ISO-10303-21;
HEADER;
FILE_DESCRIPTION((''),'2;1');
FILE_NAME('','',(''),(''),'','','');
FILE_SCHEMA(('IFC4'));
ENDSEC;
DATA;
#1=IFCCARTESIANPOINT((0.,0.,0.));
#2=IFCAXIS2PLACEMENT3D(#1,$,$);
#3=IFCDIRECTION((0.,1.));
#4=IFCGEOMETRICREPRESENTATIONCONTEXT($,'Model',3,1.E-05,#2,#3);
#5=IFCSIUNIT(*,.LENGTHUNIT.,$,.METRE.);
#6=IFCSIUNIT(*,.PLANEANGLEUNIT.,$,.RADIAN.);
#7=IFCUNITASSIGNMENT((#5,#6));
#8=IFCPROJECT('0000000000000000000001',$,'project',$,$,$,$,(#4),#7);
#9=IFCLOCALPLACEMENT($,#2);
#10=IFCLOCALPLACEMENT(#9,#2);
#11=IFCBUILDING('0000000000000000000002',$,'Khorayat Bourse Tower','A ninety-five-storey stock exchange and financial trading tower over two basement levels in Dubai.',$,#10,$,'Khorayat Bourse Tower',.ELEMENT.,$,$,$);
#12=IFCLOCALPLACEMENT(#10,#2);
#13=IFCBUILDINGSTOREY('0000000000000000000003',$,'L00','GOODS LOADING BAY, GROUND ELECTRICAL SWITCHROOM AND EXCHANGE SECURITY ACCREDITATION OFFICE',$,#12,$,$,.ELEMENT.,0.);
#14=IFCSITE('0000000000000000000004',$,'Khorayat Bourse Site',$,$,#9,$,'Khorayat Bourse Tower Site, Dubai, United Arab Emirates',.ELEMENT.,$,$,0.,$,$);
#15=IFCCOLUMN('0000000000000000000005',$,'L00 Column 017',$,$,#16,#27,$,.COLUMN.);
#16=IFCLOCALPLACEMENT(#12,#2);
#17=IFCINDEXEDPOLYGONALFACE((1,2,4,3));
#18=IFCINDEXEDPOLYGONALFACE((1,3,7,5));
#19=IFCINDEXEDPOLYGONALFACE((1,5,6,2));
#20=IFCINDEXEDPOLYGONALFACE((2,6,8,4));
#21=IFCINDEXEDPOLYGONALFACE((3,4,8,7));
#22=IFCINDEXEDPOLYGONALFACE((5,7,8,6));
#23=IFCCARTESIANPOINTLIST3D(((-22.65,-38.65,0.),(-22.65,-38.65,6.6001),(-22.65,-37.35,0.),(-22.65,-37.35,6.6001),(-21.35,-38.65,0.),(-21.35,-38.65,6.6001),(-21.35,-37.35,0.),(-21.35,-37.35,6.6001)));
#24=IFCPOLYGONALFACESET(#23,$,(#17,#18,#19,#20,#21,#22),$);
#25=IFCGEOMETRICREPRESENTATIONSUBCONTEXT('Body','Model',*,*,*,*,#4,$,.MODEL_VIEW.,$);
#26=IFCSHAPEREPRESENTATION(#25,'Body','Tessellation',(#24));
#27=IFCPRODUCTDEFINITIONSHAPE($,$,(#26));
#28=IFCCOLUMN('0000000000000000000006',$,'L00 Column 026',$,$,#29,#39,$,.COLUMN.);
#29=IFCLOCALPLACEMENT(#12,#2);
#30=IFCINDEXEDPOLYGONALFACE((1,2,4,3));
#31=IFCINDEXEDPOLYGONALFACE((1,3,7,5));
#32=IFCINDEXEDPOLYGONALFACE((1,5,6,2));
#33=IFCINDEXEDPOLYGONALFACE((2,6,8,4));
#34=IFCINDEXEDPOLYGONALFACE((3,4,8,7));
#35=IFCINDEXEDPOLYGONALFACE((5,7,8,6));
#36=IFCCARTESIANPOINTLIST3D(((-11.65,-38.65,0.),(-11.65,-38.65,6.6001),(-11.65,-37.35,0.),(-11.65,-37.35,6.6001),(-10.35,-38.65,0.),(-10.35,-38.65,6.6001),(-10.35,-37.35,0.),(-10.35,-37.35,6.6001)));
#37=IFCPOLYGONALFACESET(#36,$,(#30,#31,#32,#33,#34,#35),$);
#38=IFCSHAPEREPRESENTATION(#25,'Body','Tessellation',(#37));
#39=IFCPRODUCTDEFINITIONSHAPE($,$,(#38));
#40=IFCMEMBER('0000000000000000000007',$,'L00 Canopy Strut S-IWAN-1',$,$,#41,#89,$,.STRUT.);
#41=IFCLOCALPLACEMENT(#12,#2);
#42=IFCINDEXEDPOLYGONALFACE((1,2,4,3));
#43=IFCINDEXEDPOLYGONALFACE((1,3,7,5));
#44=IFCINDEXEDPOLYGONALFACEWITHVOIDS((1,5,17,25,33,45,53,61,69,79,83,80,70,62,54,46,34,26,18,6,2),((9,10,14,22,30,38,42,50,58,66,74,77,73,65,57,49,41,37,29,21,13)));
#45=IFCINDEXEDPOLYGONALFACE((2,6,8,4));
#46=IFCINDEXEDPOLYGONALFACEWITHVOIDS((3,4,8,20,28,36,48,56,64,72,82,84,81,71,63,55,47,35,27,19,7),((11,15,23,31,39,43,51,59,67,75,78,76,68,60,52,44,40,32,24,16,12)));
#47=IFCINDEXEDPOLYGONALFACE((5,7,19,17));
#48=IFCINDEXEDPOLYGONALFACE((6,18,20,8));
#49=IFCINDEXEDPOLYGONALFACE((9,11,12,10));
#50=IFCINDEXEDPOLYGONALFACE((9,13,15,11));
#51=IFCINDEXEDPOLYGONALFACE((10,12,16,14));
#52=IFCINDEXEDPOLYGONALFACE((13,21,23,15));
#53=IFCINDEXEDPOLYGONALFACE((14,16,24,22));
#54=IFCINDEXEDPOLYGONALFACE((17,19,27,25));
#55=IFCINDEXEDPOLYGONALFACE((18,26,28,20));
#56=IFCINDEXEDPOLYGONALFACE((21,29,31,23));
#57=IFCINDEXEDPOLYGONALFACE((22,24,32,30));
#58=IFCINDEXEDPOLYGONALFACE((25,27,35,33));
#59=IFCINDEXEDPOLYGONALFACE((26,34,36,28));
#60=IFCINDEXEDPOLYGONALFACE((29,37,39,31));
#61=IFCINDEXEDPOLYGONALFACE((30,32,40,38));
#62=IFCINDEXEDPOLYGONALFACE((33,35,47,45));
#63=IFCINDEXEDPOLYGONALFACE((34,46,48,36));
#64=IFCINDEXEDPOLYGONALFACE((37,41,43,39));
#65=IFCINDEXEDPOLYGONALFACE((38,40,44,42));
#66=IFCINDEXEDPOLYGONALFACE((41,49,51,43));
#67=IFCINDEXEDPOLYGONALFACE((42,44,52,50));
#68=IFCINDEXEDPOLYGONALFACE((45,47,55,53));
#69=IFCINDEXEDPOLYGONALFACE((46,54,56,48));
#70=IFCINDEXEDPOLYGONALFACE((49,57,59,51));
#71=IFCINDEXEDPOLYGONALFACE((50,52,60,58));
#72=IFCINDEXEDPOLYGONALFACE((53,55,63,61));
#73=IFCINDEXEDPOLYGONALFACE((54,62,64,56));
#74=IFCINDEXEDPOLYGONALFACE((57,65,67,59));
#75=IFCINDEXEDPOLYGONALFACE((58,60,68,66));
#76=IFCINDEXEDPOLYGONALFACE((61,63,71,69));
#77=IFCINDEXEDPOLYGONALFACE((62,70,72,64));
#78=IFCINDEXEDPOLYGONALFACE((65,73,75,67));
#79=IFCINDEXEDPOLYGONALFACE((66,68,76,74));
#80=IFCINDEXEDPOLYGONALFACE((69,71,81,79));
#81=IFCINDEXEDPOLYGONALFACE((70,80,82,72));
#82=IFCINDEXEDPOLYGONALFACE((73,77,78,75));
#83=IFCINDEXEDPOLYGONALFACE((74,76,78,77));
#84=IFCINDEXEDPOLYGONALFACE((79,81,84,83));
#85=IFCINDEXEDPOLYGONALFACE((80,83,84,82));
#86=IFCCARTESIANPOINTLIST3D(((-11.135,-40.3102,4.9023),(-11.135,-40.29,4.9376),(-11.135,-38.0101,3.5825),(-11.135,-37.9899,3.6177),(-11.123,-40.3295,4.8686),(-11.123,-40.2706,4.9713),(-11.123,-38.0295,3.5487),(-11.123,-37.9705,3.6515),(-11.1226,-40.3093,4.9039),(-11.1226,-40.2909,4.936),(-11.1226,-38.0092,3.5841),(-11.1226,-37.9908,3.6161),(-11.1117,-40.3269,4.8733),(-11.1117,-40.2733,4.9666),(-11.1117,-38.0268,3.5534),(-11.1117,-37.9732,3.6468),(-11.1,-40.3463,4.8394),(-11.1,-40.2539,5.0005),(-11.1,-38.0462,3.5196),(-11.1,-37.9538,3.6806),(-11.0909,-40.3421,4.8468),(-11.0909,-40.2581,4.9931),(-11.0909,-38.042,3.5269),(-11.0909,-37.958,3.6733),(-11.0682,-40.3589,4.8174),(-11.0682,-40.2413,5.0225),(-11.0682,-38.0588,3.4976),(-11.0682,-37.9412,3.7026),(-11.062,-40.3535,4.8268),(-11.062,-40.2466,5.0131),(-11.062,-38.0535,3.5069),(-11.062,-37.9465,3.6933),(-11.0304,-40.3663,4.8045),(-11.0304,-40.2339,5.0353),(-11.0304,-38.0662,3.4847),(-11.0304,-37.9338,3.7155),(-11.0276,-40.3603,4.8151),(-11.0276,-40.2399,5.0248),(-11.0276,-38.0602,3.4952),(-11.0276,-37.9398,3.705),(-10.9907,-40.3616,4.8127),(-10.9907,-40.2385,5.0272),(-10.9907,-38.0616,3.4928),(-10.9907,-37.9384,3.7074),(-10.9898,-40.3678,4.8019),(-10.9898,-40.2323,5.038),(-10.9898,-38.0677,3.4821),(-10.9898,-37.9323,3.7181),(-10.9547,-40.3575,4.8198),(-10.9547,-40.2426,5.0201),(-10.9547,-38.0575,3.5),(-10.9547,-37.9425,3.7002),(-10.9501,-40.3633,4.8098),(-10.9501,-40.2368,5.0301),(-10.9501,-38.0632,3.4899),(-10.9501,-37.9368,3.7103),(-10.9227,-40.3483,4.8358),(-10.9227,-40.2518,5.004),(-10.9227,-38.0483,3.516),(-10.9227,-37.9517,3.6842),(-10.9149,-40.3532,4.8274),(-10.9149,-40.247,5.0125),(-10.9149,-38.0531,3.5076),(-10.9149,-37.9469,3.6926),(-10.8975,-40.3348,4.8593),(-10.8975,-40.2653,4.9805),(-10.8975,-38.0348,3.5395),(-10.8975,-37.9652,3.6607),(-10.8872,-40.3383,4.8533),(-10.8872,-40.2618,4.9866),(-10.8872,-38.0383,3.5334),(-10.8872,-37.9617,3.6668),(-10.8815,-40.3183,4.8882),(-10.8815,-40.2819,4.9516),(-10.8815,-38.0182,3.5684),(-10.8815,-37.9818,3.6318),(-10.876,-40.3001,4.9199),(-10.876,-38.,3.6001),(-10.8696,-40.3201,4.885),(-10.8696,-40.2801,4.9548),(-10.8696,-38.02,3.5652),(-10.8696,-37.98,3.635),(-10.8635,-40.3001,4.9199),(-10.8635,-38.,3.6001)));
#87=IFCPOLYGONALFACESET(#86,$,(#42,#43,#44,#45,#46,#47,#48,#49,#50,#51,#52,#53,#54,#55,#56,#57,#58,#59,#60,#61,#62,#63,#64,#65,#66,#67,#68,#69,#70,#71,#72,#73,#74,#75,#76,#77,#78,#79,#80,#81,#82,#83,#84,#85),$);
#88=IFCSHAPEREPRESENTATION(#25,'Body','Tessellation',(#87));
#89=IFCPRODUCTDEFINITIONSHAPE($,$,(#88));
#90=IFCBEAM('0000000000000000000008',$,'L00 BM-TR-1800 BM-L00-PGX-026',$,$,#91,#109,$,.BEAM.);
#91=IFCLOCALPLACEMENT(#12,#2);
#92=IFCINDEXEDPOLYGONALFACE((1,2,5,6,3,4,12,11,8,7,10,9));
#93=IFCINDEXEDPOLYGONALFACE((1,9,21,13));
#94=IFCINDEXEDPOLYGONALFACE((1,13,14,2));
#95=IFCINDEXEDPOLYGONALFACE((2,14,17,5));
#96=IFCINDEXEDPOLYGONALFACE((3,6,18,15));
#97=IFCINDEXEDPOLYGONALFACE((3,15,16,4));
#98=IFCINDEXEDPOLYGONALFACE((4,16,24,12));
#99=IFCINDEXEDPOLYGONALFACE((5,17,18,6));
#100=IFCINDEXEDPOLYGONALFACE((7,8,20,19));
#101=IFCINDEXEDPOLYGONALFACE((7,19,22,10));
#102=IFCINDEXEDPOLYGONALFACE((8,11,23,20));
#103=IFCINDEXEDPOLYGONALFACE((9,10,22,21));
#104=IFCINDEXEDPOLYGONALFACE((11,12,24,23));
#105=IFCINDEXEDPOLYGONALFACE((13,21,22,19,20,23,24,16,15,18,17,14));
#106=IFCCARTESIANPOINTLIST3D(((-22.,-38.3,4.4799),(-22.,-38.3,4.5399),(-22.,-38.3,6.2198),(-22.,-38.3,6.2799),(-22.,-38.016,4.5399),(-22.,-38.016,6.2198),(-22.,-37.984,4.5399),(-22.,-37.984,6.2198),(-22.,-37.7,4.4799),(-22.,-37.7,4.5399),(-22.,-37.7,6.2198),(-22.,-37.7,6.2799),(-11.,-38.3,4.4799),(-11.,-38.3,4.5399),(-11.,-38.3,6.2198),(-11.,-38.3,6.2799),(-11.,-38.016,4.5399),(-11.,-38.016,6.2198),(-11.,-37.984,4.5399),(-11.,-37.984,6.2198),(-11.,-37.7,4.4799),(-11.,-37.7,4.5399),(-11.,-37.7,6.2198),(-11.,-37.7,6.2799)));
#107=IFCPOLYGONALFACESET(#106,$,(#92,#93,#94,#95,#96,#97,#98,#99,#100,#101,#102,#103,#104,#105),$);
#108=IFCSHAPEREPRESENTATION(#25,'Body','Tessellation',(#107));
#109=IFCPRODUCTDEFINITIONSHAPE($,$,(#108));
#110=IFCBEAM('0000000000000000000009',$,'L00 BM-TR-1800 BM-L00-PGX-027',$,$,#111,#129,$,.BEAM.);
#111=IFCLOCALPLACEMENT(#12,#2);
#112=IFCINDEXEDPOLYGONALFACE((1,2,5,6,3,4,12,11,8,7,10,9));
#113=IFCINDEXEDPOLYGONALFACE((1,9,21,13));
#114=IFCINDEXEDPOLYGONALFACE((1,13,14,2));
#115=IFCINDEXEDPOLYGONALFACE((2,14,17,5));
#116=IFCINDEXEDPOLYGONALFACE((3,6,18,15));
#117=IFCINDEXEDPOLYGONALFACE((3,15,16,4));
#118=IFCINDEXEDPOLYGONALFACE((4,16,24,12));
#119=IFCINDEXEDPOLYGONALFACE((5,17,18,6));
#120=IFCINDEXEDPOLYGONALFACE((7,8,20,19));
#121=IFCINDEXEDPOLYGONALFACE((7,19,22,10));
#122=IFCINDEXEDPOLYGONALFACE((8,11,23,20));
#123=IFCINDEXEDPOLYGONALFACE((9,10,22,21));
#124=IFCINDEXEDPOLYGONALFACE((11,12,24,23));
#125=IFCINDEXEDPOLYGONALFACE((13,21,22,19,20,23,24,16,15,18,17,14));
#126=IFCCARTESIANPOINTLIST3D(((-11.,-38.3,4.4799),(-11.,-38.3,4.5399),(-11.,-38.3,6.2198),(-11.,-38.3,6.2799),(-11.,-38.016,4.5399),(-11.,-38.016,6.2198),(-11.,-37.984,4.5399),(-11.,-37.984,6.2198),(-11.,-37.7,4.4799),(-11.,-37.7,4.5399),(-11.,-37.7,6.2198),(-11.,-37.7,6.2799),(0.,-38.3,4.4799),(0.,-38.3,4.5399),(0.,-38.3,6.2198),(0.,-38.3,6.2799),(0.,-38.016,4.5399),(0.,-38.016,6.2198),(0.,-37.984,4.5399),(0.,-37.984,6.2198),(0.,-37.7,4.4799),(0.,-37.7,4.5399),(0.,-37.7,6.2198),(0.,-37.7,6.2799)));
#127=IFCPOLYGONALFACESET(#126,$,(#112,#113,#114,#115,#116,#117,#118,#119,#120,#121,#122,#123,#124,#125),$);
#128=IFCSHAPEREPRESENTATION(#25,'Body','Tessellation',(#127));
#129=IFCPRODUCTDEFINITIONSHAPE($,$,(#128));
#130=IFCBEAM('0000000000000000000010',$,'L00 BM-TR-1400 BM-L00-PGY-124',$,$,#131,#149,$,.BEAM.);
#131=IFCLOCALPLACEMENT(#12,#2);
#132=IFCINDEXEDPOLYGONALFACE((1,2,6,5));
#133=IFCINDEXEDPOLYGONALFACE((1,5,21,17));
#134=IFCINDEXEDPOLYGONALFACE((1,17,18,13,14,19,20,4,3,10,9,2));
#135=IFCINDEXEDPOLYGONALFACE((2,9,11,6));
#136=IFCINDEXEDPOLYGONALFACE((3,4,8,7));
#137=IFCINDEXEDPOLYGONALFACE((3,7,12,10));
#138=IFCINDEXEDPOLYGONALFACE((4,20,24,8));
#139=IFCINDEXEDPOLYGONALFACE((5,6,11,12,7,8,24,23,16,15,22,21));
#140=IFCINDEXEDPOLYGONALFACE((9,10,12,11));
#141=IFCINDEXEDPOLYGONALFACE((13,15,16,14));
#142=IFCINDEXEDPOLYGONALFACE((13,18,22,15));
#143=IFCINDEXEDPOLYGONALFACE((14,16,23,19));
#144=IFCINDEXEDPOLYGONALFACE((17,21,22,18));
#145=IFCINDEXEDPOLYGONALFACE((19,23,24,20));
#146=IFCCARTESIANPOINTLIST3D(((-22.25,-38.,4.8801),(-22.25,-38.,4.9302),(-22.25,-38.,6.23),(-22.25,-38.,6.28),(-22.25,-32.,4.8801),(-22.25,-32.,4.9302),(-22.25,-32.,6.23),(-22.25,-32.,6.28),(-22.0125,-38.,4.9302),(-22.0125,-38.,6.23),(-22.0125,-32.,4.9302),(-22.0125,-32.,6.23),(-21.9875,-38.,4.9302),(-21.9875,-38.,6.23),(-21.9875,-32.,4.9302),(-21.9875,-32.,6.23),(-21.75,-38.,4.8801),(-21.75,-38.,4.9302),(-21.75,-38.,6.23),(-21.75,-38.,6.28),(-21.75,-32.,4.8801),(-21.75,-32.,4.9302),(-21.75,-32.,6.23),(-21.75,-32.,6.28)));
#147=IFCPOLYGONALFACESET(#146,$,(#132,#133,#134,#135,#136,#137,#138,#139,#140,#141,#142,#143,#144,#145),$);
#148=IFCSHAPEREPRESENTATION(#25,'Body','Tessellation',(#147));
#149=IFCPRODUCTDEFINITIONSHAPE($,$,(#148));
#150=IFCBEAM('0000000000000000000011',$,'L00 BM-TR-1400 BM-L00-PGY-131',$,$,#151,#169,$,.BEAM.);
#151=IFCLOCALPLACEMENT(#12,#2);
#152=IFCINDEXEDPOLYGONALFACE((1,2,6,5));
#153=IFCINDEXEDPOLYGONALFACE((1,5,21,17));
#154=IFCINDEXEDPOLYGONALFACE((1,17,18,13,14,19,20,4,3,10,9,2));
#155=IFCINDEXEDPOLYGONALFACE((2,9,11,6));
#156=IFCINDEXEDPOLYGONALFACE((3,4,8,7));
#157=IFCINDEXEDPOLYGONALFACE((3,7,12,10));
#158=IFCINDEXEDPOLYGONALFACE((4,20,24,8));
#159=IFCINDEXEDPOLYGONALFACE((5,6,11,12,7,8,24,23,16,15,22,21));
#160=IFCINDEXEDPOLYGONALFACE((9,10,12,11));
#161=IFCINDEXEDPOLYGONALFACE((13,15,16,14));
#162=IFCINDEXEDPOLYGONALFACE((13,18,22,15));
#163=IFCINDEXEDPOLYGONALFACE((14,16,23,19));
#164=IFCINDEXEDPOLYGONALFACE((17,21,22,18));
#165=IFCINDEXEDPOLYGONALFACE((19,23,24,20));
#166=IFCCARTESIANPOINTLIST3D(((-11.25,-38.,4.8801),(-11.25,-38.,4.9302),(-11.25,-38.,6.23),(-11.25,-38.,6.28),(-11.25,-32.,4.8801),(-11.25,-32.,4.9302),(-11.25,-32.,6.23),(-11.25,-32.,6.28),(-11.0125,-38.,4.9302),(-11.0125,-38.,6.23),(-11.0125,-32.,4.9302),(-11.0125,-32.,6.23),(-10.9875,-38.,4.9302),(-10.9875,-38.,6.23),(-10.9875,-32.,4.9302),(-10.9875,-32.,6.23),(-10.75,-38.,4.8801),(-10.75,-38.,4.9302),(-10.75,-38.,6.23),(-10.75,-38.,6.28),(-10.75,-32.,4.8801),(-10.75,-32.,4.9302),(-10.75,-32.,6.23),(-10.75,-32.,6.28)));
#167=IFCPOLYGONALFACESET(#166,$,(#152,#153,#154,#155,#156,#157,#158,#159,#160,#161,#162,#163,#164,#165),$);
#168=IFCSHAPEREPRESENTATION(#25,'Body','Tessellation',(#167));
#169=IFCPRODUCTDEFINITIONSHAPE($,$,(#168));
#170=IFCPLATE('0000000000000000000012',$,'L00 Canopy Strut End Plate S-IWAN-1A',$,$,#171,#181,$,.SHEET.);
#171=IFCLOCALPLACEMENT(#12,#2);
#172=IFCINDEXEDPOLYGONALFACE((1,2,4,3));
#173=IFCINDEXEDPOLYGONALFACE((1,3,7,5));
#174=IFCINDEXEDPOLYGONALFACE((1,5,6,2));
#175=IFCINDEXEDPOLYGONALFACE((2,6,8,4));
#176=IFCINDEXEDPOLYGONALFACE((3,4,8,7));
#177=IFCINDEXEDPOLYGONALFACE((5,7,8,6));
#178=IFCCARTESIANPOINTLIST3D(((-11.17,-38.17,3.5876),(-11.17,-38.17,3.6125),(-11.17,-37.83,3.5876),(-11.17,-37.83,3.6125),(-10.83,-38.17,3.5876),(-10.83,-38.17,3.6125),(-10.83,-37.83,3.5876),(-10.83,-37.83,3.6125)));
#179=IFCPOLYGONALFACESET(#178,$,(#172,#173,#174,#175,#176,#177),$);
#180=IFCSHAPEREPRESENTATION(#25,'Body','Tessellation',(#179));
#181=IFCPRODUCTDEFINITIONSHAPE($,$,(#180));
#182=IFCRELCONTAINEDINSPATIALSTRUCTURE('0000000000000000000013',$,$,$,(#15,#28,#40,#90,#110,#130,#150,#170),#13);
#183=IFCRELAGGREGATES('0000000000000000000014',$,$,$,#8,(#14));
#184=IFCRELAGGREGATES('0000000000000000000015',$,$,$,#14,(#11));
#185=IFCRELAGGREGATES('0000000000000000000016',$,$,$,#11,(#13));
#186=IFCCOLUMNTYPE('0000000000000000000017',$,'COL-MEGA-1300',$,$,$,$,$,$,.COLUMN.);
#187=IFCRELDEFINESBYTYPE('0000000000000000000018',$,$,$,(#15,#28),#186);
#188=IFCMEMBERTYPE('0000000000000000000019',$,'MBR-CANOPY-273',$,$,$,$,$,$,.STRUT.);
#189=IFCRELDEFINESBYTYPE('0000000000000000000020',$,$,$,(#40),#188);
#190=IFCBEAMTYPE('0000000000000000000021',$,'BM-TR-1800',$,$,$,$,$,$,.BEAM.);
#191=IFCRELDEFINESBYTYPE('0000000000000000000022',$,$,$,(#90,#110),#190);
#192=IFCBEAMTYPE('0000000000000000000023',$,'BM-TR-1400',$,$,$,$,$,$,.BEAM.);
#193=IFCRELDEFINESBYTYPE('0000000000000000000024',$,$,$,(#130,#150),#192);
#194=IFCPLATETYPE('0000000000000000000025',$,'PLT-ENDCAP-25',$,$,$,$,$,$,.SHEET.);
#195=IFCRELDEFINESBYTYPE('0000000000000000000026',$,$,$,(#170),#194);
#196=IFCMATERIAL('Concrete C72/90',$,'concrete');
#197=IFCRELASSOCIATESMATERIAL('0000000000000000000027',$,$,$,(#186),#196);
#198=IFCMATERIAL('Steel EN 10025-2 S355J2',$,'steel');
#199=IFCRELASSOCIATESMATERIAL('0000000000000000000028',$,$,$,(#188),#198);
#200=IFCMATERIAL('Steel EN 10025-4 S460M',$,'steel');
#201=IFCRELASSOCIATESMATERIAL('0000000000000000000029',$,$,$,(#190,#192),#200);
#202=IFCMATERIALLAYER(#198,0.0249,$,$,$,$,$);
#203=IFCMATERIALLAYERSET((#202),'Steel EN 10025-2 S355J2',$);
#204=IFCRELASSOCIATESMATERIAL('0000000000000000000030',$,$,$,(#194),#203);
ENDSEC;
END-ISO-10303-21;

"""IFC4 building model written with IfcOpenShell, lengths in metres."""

from ifc_helpers import new_model, si_unit, direction, frame, origin, origin_2d, place, context, subcontext, project, spatial, rectangle, hollow_circle, i_section, extrude, source, transform, mapped, material, layer, layer_set, material_profile, profile_set, type_object, element, save


model = new_model("IFC4")

# Units and contexts
model_context = context("Model", 3, precision=1e-05, world=origin(), true_north=direction((0.0, 1.0)))
body_context = subcontext(model_context, "Body", "Model", "MODEL_VIEW")
ifc_project = project(units=[si_unit("LENGTHUNIT", "METRE"), si_unit("PLANEANGLEUNIT", "RADIAN")], contexts=[model_context])

# Site, building, storey
site_placement = place(None, origin())
site = spatial("IfcSite", under=ifc_project, at=site_placement, Name="Khorayat Bourse Site", LongName="Khorayat Bourse Tower Site, Dubai, United Arab Emirates", CompositionType="ELEMENT", RefElevation=0.0)
building_placement = place(site_placement, origin())
building = spatial("IfcBuilding", under=site, at=building_placement, Name="Khorayat Bourse Tower", Description="A ninety-five-storey stock exchange and financial trading tower over two basement levels in Dubai.", LongName="Khorayat Bourse Tower", CompositionType="ELEMENT")
storey_placement = place(building_placement, origin())
storey = spatial("IfcBuildingStorey", under=building, at=storey_placement, Name="L00", Description="GOODS LOADING BAY, GROUND ELECTRICAL SWITCHROOM AND EXCHANGE SECURITY ACCREDITATION OFFICE", CompositionType="ELEMENT", Elevation=0.0)

# Columns
ifc_material_1 = material(Name="Concrete C72/90", Category="concrete")
ifc_material_profile_1 = material_profile(ifc_material_1, rectangle(XDim=1.3, YDim=1.3, at=origin_2d()), Name="RC 1300x1300")
ifc_profile_set_1 = profile_set([ifc_material_profile_1], Name="Concrete C72/90")
column_type = type_object("IfcColumnType", Name="COL-MEGA-1300", PredefinedType="COLUMN", material=ifc_profile_set_1)
shared_shape_1 = source(origin(), body_context, "Body", "SweptSolid", [
    extrude(rectangle(XDim=1.3, YDim=1.3, at=origin_2d()), origin(), (0.0, 0.0, 1.0), 6.6001),
])
for number, where, z_axis, x_axis, name in (
    (1, (-22.0, -38.0, 0.0), (0.0, 0.0, 1.0), (1.0, 0.0, 0.0), "L00 Column 017"),
    (2, (-11.0, -38.0, 0.0), (0.0, 0.0, 1.0), (1.0, 0.0, 0.0), "L00 Column 026"),
):
    element("IfcColumn", number, at=place(storey_placement, frame(where, z_axis=z_axis, x_axis=x_axis)), inside=storey, type_object=column_type, Name=name, PredefinedType="COLUMN", context=body_context, shape_type="MappedRepresentation", body=[
        mapped(shared_shape_1, transform((0.0, 0.0, 0.0), scale=1.0)),
    ])

# Member
ifc_material_2 = material(Name="Steel EN 10025-2 S355J2", Category="steel")
ifc_material_profile_2 = material_profile(ifc_material_2, hollow_circle(Radius=0.1365, WallThickness=0.0125, at=origin_2d()), Name="CHS 273x12.5")
ifc_profile_set_2 = profile_set([ifc_material_profile_2], Name="Steel EN 10025-2 S355J2")
member_type = type_object("IfcMemberType", Name="MBR-CANOPY-273", PredefinedType="STRUT", material=ifc_profile_set_2)
shared_shape_2 = source(origin(), body_context, "Body", "SweptSolid", [
    extrude(hollow_circle(Radius=0.1365, WallThickness=0.0125, at=origin_2d()), origin(), (0.0, 0.0, 1.0), 2.6519),
])
member_placement = place(storey_placement, frame((-11.0, -38.0, 3.6001), z_axis=(0.0, -0.867347, 0.497705), x_axis=(1.0, 0.0, 0.0)))
element("IfcMember", 3, at=member_placement, inside=storey, type_object=member_type, Name="L00 Canopy Strut S-IWAN-1", PredefinedType="STRUT", context=body_context, shape_type="MappedRepresentation", body=[
    mapped(shared_shape_2, transform((0.0, 0.0, 0.0), scale=1.0)),
])

# Beams
ifc_material_3 = material(Name="Steel EN 10025-4 S460M", Category="steel")
ifc_material_profile_3 = material_profile(ifc_material_3, i_section(OverallWidth=0.6001, OverallDepth=1.8, WebThickness=0.032, FlangeThickness=0.0601, at=origin_2d()), Name="PG 1800x600x32x60")
ifc_profile_set_3 = profile_set([ifc_material_profile_3], Name="Steel EN 10025-4 S460M")
beam_type_1 = type_object("IfcBeamType", Name="BM-TR-1800", PredefinedType="BEAM", material=ifc_profile_set_3)
shared_shape_3 = source(origin(), body_context, "Body", "SweptSolid", [
    extrude(i_section(OverallWidth=0.6001, OverallDepth=1.8, WebThickness=0.032, FlangeThickness=0.0601, at=origin_2d()), origin(), (0.0, 0.0, 1.0), 11.0),
])
for number, where, z_axis, x_axis, name in (
    (4, (-22.0, -38.0, 5.3799), (1.0, 0.0, 0.0), (0.0, 1.0, 0.0), "L00 BM-TR-1800 BM-L00-PGX-026"),
    (5, (-11.0, -38.0, 5.3799), (1.0, 0.0, 0.0), (0.0, 1.0, 0.0), "L00 BM-TR-1800 BM-L00-PGX-027"),
):
    element("IfcBeam", number, at=place(storey_placement, frame(where, z_axis=z_axis, x_axis=x_axis)), inside=storey, type_object=beam_type_1, Name=name, PredefinedType="BEAM", context=body_context, shape_type="MappedRepresentation", body=[
        mapped(shared_shape_3, transform((0.0, 0.0, 0.0), scale=1.0)),
    ])
ifc_material_profile_4 = material_profile(ifc_material_3, i_section(OverallWidth=0.5, OverallDepth=1.3999, WebThickness=0.0249, FlangeThickness=0.05, at=origin_2d()), Name="PG 1400x500x25x50")
ifc_profile_set_4 = profile_set([ifc_material_profile_4], Name="Steel EN 10025-4 S460M")
beam_type_2 = type_object("IfcBeamType", Name="BM-TR-1400", PredefinedType="BEAM", material=ifc_profile_set_4)
shared_shape_4 = source(origin(), body_context, "Body", "SweptSolid", [
    extrude(i_section(OverallWidth=0.5, OverallDepth=1.3999, WebThickness=0.0249, FlangeThickness=0.05, at=origin_2d()), origin(), (0.0, 0.0, 1.0), 6.0),
])
for number, where, z_axis, x_axis, name in (
    (6, (-22.0, -38.0, 5.5801), (0.0, 1.0, 0.0), (-1.0, 0.0, 0.0), "L00 BM-TR-1400 BM-L00-PGY-124"),
    (7, (-11.0, -38.0, 5.5801), (0.0, 1.0, 0.0), (-1.0, 0.0, 0.0), "L00 BM-TR-1400 BM-L00-PGY-131"),
):
    element("IfcBeam", number, at=place(storey_placement, frame(where, z_axis=z_axis, x_axis=x_axis)), inside=storey, type_object=beam_type_2, Name=name, PredefinedType="BEAM", context=body_context, shape_type="MappedRepresentation", body=[
        mapped(shared_shape_4, transform((0.0, 0.0, 0.0), scale=1.0)),
    ])

# Plate
ifc_layer_1 = layer(ifc_material_2, 0.0249)
ifc_layer_set_1 = layer_set([ifc_layer_1], Name="Steel EN 10025-2 S355J2")
plate_type = type_object("IfcPlateType", Name="PLT-ENDCAP-25", PredefinedType="SHEET", material=ifc_layer_set_1)
shared_shape_5 = source(origin(), body_context, "Body", "SweptSolid", [
    extrude(rectangle(XDim=0.3401, YDim=0.3401, at=origin_2d()), origin(), (0.0, 0.0, 1.0), 0.0249),
])
for number, where, z_axis, x_axis, name in (
    (8, (-11.0, -38.0, 3.5876), (0.0, 0.0, 1.0), (1.0, 0.0, 0.0), "L00 Canopy Strut End Plate S-IWAN-1A"),
):
    element("IfcPlate", number, at=place(storey_placement, frame(where, z_axis=z_axis, x_axis=x_axis)), inside=storey, type_object=plate_type, Name=name, PredefinedType="SHEET", context=body_context, shape_type="MappedRepresentation", body=[
        mapped(shared_shape_5, transform((0.0, 0.0, 0.0), scale=1.0)),
    ])

save(model, "model.ifc")
